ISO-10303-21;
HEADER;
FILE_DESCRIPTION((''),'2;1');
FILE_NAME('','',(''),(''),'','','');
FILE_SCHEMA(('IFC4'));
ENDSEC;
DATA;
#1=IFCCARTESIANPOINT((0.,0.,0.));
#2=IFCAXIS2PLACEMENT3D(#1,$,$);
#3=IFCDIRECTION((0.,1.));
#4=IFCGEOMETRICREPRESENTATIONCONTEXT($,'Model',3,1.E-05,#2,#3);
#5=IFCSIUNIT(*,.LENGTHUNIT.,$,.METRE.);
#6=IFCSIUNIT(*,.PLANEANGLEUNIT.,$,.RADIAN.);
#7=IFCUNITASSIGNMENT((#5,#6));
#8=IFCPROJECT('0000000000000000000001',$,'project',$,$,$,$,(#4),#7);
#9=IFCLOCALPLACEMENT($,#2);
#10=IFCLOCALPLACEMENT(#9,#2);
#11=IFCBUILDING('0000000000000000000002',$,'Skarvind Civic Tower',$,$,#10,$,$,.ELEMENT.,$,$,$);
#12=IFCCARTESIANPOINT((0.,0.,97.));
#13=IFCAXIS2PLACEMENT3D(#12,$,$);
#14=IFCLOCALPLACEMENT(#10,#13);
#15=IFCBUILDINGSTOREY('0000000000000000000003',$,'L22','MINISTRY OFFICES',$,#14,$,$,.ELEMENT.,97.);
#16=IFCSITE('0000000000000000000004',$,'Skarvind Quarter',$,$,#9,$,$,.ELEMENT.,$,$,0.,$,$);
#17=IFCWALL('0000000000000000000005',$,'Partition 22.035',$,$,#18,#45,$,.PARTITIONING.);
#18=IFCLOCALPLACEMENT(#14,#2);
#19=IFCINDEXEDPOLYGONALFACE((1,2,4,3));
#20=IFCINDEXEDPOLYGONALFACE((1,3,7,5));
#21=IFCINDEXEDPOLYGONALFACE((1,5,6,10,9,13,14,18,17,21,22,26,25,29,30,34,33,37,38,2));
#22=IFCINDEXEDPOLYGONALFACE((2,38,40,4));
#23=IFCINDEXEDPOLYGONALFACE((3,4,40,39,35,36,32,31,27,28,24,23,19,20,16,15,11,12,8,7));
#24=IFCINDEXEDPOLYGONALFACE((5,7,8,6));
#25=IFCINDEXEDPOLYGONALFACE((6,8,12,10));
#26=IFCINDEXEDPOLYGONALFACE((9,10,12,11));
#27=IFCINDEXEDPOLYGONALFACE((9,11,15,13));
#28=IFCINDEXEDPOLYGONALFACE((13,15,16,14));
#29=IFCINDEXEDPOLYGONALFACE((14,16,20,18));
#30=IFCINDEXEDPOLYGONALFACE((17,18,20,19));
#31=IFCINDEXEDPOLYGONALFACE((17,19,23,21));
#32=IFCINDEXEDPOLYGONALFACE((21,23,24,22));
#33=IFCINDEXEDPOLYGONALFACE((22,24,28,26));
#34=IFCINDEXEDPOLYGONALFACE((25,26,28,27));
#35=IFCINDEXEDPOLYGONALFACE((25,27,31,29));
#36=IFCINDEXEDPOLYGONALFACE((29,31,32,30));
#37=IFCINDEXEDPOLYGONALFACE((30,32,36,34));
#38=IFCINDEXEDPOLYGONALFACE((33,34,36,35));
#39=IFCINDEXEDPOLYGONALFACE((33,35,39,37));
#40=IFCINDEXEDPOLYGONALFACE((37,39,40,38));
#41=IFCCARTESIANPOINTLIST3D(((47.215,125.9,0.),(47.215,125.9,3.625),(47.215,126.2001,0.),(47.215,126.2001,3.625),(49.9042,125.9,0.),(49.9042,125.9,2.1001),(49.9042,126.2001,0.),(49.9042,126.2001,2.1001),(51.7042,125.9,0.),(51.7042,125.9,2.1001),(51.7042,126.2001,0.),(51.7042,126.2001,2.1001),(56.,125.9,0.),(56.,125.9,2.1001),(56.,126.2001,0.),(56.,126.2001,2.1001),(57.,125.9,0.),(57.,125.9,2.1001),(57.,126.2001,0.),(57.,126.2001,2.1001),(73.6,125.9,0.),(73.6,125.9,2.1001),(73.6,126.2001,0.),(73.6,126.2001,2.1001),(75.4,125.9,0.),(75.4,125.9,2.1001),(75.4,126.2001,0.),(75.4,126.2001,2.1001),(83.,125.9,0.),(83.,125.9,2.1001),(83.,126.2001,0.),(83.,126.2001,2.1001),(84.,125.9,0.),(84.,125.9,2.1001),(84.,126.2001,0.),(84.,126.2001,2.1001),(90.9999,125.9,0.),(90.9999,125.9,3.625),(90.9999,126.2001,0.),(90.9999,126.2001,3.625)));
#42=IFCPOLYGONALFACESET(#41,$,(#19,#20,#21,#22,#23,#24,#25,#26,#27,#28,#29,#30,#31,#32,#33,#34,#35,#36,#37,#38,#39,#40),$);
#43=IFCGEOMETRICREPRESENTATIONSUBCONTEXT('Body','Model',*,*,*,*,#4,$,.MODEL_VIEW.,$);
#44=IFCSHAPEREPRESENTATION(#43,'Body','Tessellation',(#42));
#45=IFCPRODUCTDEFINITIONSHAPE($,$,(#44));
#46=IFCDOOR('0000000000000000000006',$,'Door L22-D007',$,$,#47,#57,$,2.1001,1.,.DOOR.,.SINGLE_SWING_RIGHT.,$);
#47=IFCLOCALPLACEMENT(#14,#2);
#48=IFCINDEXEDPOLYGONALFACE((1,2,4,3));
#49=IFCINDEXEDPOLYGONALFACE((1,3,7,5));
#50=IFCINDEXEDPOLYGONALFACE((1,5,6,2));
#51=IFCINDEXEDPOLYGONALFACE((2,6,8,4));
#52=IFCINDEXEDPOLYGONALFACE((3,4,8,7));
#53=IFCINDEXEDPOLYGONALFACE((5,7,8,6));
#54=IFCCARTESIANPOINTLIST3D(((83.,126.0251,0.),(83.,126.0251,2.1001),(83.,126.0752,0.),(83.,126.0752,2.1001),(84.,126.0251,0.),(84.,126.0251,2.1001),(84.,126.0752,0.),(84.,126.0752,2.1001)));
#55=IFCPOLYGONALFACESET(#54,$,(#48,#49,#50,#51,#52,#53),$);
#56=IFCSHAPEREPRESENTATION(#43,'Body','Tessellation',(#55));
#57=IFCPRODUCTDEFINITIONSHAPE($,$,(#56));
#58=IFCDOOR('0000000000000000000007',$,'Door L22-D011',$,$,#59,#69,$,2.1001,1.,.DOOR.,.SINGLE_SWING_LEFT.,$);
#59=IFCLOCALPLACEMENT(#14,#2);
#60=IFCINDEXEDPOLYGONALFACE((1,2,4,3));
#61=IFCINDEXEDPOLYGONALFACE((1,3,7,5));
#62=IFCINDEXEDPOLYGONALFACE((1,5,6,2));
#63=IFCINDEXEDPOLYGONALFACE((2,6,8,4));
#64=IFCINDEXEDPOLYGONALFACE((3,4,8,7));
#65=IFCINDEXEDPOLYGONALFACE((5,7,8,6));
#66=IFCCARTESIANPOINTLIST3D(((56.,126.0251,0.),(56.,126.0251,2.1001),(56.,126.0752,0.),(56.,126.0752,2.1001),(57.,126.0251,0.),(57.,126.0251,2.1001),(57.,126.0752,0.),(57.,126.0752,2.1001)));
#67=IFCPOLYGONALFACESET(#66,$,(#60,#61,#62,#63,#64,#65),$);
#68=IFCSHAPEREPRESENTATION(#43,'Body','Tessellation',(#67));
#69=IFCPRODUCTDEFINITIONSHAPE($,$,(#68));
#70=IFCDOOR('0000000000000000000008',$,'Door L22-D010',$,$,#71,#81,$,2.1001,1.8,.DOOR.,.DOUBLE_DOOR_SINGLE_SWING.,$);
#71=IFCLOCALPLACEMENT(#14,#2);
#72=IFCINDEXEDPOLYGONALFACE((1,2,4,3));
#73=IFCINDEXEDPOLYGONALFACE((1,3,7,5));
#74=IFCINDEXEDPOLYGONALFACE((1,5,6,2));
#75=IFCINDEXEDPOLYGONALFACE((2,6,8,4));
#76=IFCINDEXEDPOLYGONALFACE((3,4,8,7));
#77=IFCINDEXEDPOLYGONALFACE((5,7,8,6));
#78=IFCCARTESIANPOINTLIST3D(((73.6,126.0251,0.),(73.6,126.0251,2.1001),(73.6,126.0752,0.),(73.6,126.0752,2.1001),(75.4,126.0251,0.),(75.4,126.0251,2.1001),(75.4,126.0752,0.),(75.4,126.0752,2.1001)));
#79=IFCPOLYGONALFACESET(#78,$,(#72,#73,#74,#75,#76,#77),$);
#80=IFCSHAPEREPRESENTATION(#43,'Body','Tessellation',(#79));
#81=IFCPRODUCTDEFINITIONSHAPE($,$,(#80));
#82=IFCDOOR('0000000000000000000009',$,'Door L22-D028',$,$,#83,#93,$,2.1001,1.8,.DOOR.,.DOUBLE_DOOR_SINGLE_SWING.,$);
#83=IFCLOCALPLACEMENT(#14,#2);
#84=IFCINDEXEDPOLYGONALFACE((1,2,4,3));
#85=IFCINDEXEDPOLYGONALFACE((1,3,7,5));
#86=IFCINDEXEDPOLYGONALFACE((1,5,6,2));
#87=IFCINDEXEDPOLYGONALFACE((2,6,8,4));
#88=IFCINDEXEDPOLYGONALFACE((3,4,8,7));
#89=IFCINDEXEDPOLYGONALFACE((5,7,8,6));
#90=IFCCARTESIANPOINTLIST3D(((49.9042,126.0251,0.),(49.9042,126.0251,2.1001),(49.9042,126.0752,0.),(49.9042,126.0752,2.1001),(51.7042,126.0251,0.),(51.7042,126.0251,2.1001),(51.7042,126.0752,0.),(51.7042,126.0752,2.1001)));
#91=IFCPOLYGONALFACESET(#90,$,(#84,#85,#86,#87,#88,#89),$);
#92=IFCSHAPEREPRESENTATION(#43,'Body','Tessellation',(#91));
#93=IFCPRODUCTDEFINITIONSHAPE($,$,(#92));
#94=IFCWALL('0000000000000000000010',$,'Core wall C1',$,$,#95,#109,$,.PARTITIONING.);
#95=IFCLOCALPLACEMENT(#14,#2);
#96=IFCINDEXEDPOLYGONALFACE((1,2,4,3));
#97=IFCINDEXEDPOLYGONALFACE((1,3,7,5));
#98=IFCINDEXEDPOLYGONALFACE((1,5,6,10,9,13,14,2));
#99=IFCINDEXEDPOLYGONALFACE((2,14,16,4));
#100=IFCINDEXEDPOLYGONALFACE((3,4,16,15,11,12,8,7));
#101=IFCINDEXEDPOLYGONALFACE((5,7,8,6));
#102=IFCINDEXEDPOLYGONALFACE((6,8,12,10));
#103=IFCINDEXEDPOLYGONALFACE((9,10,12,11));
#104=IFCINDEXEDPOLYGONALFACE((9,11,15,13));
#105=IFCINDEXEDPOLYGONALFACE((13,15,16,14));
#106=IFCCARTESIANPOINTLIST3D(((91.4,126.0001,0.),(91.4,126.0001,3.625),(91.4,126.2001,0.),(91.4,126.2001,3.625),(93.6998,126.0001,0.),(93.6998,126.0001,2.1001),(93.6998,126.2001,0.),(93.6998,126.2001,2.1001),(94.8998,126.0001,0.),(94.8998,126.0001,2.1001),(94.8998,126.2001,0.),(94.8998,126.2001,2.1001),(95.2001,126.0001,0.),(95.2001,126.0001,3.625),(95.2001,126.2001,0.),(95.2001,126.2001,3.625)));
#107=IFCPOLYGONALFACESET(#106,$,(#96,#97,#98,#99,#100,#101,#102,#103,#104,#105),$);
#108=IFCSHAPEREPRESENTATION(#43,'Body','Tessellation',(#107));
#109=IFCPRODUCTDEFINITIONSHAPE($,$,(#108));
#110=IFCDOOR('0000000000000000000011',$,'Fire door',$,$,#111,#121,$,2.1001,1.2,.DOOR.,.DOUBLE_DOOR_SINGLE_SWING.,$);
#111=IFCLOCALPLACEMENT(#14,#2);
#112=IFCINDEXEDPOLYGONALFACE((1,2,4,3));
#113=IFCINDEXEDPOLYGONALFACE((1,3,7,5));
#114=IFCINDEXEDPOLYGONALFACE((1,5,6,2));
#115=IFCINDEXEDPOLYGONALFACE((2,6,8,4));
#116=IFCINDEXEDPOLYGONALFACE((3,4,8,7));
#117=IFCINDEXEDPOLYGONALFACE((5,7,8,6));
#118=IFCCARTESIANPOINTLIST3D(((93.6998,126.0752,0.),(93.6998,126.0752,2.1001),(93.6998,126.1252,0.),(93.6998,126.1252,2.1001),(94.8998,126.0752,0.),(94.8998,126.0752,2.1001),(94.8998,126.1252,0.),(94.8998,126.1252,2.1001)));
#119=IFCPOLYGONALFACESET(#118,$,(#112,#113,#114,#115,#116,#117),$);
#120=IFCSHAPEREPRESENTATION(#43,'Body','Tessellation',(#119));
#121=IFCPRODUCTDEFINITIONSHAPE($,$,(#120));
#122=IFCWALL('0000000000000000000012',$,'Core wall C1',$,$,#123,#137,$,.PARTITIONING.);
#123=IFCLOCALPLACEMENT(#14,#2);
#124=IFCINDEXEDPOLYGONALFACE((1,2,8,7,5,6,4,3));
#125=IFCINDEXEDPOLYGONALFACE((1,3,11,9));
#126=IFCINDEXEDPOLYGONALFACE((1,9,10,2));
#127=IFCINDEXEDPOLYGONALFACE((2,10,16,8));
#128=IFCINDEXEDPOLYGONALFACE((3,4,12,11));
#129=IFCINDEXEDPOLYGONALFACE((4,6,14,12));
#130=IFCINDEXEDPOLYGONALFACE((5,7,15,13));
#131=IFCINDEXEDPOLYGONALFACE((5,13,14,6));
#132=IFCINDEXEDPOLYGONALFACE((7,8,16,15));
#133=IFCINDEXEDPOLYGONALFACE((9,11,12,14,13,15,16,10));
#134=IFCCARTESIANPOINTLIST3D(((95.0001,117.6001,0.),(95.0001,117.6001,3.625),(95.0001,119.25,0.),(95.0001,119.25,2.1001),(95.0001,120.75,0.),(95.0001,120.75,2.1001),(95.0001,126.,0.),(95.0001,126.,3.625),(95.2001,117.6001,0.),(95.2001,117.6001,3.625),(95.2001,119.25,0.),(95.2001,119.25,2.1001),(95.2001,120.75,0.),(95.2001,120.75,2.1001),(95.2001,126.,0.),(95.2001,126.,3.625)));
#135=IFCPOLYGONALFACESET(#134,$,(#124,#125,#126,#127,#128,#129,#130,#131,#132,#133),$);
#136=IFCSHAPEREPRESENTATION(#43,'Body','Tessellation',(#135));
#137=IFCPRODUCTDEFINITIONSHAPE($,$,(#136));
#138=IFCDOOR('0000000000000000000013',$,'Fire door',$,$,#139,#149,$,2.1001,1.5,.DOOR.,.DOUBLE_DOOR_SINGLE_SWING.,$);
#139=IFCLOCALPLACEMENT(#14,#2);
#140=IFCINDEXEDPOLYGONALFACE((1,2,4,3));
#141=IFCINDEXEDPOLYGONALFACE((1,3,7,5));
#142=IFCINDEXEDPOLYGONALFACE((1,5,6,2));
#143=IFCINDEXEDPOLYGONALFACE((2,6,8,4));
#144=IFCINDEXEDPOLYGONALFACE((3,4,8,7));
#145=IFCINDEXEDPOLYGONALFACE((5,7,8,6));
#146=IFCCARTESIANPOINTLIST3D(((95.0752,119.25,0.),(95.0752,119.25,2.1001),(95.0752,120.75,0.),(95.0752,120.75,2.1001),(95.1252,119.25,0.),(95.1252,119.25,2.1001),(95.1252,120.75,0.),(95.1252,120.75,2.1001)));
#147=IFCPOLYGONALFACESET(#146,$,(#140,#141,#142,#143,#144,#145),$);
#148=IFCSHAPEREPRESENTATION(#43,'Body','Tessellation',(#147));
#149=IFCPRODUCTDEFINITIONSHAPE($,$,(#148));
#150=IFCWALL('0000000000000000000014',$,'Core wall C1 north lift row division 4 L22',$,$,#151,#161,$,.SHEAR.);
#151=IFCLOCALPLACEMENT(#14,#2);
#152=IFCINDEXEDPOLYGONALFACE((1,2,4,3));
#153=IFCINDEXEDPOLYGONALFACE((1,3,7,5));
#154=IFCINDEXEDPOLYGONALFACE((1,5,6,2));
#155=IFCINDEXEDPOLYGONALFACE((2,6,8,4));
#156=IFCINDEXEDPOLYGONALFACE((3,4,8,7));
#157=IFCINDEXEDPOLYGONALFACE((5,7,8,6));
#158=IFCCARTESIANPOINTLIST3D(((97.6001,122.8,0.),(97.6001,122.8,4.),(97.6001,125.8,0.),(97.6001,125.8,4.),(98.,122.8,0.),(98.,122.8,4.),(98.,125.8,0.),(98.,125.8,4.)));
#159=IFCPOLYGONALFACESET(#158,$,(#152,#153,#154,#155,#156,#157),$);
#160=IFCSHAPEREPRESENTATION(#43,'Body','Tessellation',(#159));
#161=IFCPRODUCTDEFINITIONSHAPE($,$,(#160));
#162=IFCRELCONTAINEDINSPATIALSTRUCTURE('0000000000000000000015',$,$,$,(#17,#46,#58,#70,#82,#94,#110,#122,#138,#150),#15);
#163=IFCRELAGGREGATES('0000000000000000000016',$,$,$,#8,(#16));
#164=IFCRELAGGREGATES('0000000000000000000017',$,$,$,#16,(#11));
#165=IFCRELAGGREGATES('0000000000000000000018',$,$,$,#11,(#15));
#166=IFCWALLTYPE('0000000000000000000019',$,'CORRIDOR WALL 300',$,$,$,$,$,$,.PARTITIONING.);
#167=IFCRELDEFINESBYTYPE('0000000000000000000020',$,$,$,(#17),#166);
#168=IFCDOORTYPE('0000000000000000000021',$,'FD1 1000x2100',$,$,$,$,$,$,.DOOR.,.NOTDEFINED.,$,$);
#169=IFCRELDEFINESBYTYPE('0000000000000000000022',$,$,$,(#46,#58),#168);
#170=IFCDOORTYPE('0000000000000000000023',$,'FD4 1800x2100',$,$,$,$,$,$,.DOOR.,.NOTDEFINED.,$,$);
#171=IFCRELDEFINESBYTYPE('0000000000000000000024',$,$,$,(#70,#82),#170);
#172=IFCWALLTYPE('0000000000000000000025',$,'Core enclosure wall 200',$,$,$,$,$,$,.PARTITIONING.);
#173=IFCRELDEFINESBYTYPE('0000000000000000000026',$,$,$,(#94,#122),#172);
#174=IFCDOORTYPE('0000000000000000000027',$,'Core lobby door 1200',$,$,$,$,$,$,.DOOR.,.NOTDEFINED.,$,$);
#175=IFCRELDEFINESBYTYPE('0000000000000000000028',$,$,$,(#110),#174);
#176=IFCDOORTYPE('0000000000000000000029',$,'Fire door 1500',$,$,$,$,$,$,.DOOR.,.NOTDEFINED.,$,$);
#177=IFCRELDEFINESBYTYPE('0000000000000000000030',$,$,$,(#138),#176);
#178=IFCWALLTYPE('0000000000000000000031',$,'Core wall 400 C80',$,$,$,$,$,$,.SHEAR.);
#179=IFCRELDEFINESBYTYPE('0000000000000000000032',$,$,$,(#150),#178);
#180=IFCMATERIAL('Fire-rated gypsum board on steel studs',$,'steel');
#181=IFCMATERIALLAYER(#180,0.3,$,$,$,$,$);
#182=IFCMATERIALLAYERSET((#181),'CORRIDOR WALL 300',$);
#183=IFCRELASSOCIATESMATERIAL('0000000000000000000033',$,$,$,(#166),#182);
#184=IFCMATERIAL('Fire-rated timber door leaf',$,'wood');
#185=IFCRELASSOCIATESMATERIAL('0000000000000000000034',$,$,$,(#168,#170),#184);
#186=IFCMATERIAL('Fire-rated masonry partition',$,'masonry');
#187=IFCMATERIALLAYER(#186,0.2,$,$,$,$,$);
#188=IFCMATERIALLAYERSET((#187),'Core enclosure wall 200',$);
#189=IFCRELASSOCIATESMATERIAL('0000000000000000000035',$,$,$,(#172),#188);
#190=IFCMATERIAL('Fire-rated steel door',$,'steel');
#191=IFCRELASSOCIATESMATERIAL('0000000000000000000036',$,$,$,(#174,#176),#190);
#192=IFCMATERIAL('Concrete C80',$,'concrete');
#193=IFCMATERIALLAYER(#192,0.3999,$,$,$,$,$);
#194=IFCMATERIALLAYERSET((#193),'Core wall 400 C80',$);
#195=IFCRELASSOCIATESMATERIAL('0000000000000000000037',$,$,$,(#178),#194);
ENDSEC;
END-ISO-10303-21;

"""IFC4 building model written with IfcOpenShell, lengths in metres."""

from ifc_helpers import new_model, si_unit, direction, frame, frame_2d, origin, place, context, subcontext, project, spatial, rectangle, extrude, material, layer, layer_set, type_object, element, fill, save


model = new_model("IFC4")

# Units and contexts
model_context = context("Model", 3, precision=1e-05, world=origin(), true_north=direction((0.0, 1.0)))
body_context = subcontext(model_context, "Body", "Model", "MODEL_VIEW")
ifc_project = project(units=[si_unit("LENGTHUNIT", "METRE"), si_unit("PLANEANGLEUNIT", "RADIAN")], contexts=[model_context])

# Site, building, storey
site_placement = place(None, origin())
site = spatial("IfcSite", under=ifc_project, at=site_placement, Name="Skarvind Quarter", CompositionType="ELEMENT", RefElevation=0.0)
building_placement = place(site_placement, origin())
building = spatial("IfcBuilding", under=site, at=building_placement, Name="Skarvind Civic Tower", CompositionType="ELEMENT")
storey_placement = place(building_placement, frame((0.0, 0.0, 97.0)))
storey = spatial("IfcBuildingStorey", under=building, at=storey_placement, Name="L22", Description="MINISTRY OFFICES", CompositionType="ELEMENT", Elevation=97.0)

# Wall, openings, doors
ifc_material_1 = material(Name="Fire-rated gypsum board on steel studs", Category="steel")
ifc_layer_1 = layer(ifc_material_1, 0.3)
ifc_layer_set_1 = layer_set([ifc_layer_1], Name="CORRIDOR WALL 300")
wall_type_1 = type_object("IfcWallType", Name="CORRIDOR WALL 300", PredefinedType="PARTITIONING", material=ifc_layer_set_1)
wall_1_placement = place(storey_placement, frame((91.0, 126.05, 0.0), z_axis=(0.0, 0.0, 1.0), x_axis=(-1.0, 0.0, 0.0)))
wall_1 = element("IfcWall", 1, at=wall_1_placement, inside=storey, type_object=wall_type_1, Name="Partition 22.035", PredefinedType="PARTITIONING", context=body_context, shape_type="SweptSolid", body=[
    extrude(rectangle(XDim=43.7849, YDim=0.3, at=frame_2d((21.8926, 0.0))), origin(), (0.0, 0.0, 1.0), 3.625),
])
opening_1_placement = place(wall_1_placement, frame((7.0, 0.0, 0.0)))
opening_1 = element("IfcOpeningElement", 2, at=opening_1_placement, cuts=wall_1, PredefinedType="OPENING", context=body_context, shape_type="SweptSolid", body=[
    extrude(rectangle(XDim=1.0, YDim=2.1001, at=frame_2d((0.5, 1.05))), frame((0.0, 0.1599, 0.0), z_axis=(0.0, -1.0, 0.0), x_axis=(1.0, 0.0, 0.0)), (0.0, 0.0, 1.0), 0.3201),
])
opening_2_placement = place(wall_1_placement, frame((15.6001, 0.0, 0.0)))
opening_2 = element("IfcOpeningElement", 3, at=opening_2_placement, cuts=wall_1, PredefinedType="OPENING", context=body_context, shape_type="SweptSolid", body=[
    extrude(rectangle(XDim=1.8, YDim=2.1001, at=frame_2d((0.8999, 1.05))), frame((0.0, 0.1599, 0.0), z_axis=(0.0, -1.0, 0.0), x_axis=(1.0, 0.0, 0.0)), (0.0, 0.0, 1.0), 0.3201),
])
opening_3_placement = place(wall_1_placement, frame((34.0, 0.0, 0.0)))
opening_3 = element("IfcOpeningElement", 4, at=opening_3_placement, cuts=wall_1, PredefinedType="OPENING", context=body_context, shape_type="SweptSolid", body=[
    extrude(rectangle(XDim=1.0, YDim=2.1001, at=frame_2d((0.5, 1.05))), frame((0.0, 0.1599, 0.0), z_axis=(0.0, -1.0, 0.0), x_axis=(1.0, 0.0, 0.0)), (0.0, 0.0, 1.0), 0.3201),
])
opening_4_placement = place(wall_1_placement, frame((39.2959, 0.0, 0.0)))
opening_4 = element("IfcOpeningElement", 5, at=opening_4_placement, cuts=wall_1, PredefinedType="OPENING", context=body_context, shape_type="SweptSolid", body=[
    extrude(rectangle(XDim=1.8, YDim=2.1001, at=frame_2d((0.8999, 1.05))), frame((0.0, 0.1599, 0.0), z_axis=(0.0, -1.0, 0.0), x_axis=(1.0, 0.0, 0.0)), (0.0, 0.0, 1.0), 0.3201),
])
ifc_material_2 = material(Name="Fire-rated timber door leaf", Category="wood")
door_type_1 = type_object("IfcDoorType", Name="FD1 1000x2100", OperationType="NOTDEFINED", PredefinedType="DOOR", material=ifc_material_2)
door_1_placement = place(opening_1_placement, origin())
door_1 = element("IfcDoor", 6, at=door_1_placement, inside=storey, type_object=door_type_1, Name="Door L22-D007", OperationType="SINGLE_SWING_RIGHT", OverallHeight=2.1001, OverallWidth=1.0, PredefinedType="DOOR", context=body_context, shape_type="SweptSolid", body=[
    extrude(rectangle(XDim=1.0, YDim=2.1001, at=frame_2d((0.5, 1.05))), frame((0.0, 0.0249, 0.0), z_axis=(0.0, -1.0, 0.0), x_axis=(1.0, 0.0, 0.0)), (0.0, 0.0, 1.0), 0.05),
])
fill(opening_1, door_1)
door_2_placement = place(opening_3_placement, origin())
door_2 = element("IfcDoor", 7, at=door_2_placement, inside=storey, type_object=door_type_1, Name="Door L22-D011", OperationType="SINGLE_SWING_LEFT", OverallHeight=2.1001, OverallWidth=1.0, PredefinedType="DOOR", context=body_context, shape_type="SweptSolid", body=[
    extrude(rectangle(XDim=1.0, YDim=2.1001, at=frame_2d((0.5, 1.05))), frame((0.0, 0.0249, 0.0), z_axis=(0.0, -1.0, 0.0), x_axis=(1.0, 0.0, 0.0)), (0.0, 0.0, 1.0), 0.05),
])
fill(opening_3, door_2)
door_type_2 = type_object("IfcDoorType", Name="FD4 1800x2100", OperationType="NOTDEFINED", PredefinedType="DOOR", material=ifc_material_2)
door_3_placement = place(opening_2_placement, origin())
door_3 = element("IfcDoor", 8, at=door_3_placement, inside=storey, type_object=door_type_2, Name="Door L22-D010", OperationType="DOUBLE_DOOR_SINGLE_SWING", OverallHeight=2.1001, OverallWidth=1.8, PredefinedType="DOOR", context=body_context, shape_type="SweptSolid", body=[
    extrude(rectangle(XDim=1.8, YDim=2.1001, at=frame_2d((0.8999, 1.05))), frame((0.0, 0.0249, 0.0), z_axis=(0.0, -1.0, 0.0), x_axis=(1.0, 0.0, 0.0)), (0.0, 0.0, 1.0), 0.05),
])
fill(opening_2, door_3)
door_4_placement = place(opening_4_placement, origin())
door_4 = element("IfcDoor", 9, at=door_4_placement, inside=storey, type_object=door_type_2, Name="Door L22-D028", OperationType="DOUBLE_DOOR_SINGLE_SWING", OverallHeight=2.1001, OverallWidth=1.8, PredefinedType="DOOR", context=body_context, shape_type="SweptSolid", body=[
    extrude(rectangle(XDim=1.8, YDim=2.1001, at=frame_2d((0.8999, 1.05))), frame((0.0, 0.0249, 0.0), z_axis=(0.0, -1.0, 0.0), x_axis=(1.0, 0.0, 0.0)), (0.0, 0.0, 1.0), 0.05),
])
fill(opening_4, door_4)

# Walls, openings, doors
ifc_material_3 = material(Name="Fire-rated masonry partition", Category="masonry")
ifc_layer_2 = layer(ifc_material_3, 0.2)
ifc_layer_set_2 = layer_set([ifc_layer_2], Name="Core enclosure wall 200")
wall_type_2 = type_object("IfcWallType", Name="Core enclosure wall 200", PredefinedType="PARTITIONING", material=ifc_layer_set_2)
wall_2_placement = place(storey_placement, frame((95.2, 126.1001, 0.0), z_axis=(0.0, 0.0, 1.0), x_axis=(-1.0, 0.0, 0.0)))
wall_2 = element("IfcWall", 10, at=wall_2_placement, inside=storey, type_object=wall_type_2, Name="Core wall C1", PredefinedType="PARTITIONING", context=body_context, shape_type="SweptSolid", body=[
    extrude(rectangle(XDim=3.8, YDim=0.2, at=frame_2d((1.8999, 0.0))), origin(), (0.0, 0.0, 1.0), 3.625),
])
opening_5_placement = place(wall_2_placement, frame((0.3, 0.0, 0.0)))
opening_5 = element("IfcOpeningElement", 11, at=opening_5_placement, cuts=wall_2, PredefinedType="OPENING", context=body_context, shape_type="SweptSolid", body=[
    extrude(rectangle(XDim=1.2, YDim=2.1001, at=frame_2d((0.6001, 1.05))), frame((0.0, 0.1099, 0.0), z_axis=(0.0, -1.0, 0.0), x_axis=(1.0, 0.0, 0.0)), (0.0, 0.0, 1.0), 0.22),
])
ifc_material_4 = material(Name="Fire-rated steel door", Category="steel")
door_type_3 = type_object("IfcDoorType", Name="Core lobby door 1200", OperationType="NOTDEFINED", PredefinedType="DOOR", material=ifc_material_4)
door_5_placement = place(opening_5_placement, origin())
door_5 = element("IfcDoor", 12, at=door_5_placement, inside=storey, type_object=door_type_3, Name="Fire door", OperationType="DOUBLE_DOOR_SINGLE_SWING", OverallHeight=2.1001, OverallWidth=1.2, PredefinedType="DOOR", context=body_context, shape_type="SweptSolid", body=[
    extrude(rectangle(XDim=1.2, YDim=2.1001, at=frame_2d((0.6001, 1.05))), frame((0.0, 0.0249, 0.0), z_axis=(0.0, -1.0, 0.0), x_axis=(1.0, 0.0, 0.0)), (0.0, 0.0, 1.0), 0.05),
])
fill(opening_5, door_5)
wall_3_placement = place(storey_placement, frame((95.1001, 117.6001, 0.0), z_axis=(0.0, 0.0, 1.0), x_axis=(0.0, 1.0, 0.0)))
wall_3 = element("IfcWall", 13, at=wall_3_placement, inside=storey, type_object=wall_type_2, Name="Core wall C1", PredefinedType="PARTITIONING", context=body_context, shape_type="SweptSolid", body=[
    extrude(rectangle(XDim=8.3999, YDim=0.2, at=frame_2d((4.2, 0.0))), origin(), (0.0, 0.0, 1.0), 3.625),
])
opening_6_placement = place(wall_3_placement, frame((1.6499, 0.0, 0.0)))
opening_6 = element("IfcOpeningElement", 14, at=opening_6_placement, cuts=wall_3, PredefinedType="OPENING", context=body_context, shape_type="SweptSolid", body=[
    extrude(rectangle(XDim=1.5, YDim=2.1001, at=frame_2d((0.75, 1.05))), frame((0.0, 0.1099, 0.0), z_axis=(0.0, -1.0, 0.0), x_axis=(1.0, 0.0, 0.0)), (0.0, 0.0, 1.0), 0.22),
])
door_type_4 = type_object("IfcDoorType", Name="Fire door 1500", OperationType="NOTDEFINED", PredefinedType="DOOR", material=ifc_material_4)
door_6_placement = place(opening_6_placement, origin())
door_6 = element("IfcDoor", 15, at=door_6_placement, inside=storey, type_object=door_type_4, Name="Fire door", OperationType="DOUBLE_DOOR_SINGLE_SWING", OverallHeight=2.1001, OverallWidth=1.5, PredefinedType="DOOR", context=body_context, shape_type="SweptSolid", body=[
    extrude(rectangle(XDim=1.5, YDim=2.1001, at=frame_2d((0.75, 1.05))), frame((0.0, 0.0249, 0.0), z_axis=(0.0, -1.0, 0.0), x_axis=(1.0, 0.0, 0.0)), (0.0, 0.0, 1.0), 0.05),
])
fill(opening_6, door_6)

# Wall
ifc_material_5 = material(Name="Concrete C80", Category="concrete")
ifc_layer_3 = layer(ifc_material_5, 0.3999)
ifc_layer_set_3 = layer_set([ifc_layer_3], Name="Core wall 400 C80")
wall_type_3 = type_object("IfcWallType", Name="Core wall 400 C80", PredefinedType="SHEAR", material=ifc_layer_set_3)
for number, where, z_axis, x_axis, name in (
    (16, (97.8, 125.8, 0.0), (0.0, 0.0, 1.0), (0.0, -1.0, 0.0), "Core wall C1 north lift row division 4 L22"),
):
    element("IfcWall", number, at=place(storey_placement, frame(where, z_axis=z_axis, x_axis=x_axis)), inside=storey, type_object=wall_type_3, Name=name, PredefinedType="SHEAR", context=body_context, shape_type="SweptSolid", body=[
        extrude(rectangle(XDim=3.0, YDim=0.3999, at=frame_2d((1.5, 0.0))), origin(), (0.0, 0.0, 1.0), 4.0),
    ])

save(model, "model.ifc")
